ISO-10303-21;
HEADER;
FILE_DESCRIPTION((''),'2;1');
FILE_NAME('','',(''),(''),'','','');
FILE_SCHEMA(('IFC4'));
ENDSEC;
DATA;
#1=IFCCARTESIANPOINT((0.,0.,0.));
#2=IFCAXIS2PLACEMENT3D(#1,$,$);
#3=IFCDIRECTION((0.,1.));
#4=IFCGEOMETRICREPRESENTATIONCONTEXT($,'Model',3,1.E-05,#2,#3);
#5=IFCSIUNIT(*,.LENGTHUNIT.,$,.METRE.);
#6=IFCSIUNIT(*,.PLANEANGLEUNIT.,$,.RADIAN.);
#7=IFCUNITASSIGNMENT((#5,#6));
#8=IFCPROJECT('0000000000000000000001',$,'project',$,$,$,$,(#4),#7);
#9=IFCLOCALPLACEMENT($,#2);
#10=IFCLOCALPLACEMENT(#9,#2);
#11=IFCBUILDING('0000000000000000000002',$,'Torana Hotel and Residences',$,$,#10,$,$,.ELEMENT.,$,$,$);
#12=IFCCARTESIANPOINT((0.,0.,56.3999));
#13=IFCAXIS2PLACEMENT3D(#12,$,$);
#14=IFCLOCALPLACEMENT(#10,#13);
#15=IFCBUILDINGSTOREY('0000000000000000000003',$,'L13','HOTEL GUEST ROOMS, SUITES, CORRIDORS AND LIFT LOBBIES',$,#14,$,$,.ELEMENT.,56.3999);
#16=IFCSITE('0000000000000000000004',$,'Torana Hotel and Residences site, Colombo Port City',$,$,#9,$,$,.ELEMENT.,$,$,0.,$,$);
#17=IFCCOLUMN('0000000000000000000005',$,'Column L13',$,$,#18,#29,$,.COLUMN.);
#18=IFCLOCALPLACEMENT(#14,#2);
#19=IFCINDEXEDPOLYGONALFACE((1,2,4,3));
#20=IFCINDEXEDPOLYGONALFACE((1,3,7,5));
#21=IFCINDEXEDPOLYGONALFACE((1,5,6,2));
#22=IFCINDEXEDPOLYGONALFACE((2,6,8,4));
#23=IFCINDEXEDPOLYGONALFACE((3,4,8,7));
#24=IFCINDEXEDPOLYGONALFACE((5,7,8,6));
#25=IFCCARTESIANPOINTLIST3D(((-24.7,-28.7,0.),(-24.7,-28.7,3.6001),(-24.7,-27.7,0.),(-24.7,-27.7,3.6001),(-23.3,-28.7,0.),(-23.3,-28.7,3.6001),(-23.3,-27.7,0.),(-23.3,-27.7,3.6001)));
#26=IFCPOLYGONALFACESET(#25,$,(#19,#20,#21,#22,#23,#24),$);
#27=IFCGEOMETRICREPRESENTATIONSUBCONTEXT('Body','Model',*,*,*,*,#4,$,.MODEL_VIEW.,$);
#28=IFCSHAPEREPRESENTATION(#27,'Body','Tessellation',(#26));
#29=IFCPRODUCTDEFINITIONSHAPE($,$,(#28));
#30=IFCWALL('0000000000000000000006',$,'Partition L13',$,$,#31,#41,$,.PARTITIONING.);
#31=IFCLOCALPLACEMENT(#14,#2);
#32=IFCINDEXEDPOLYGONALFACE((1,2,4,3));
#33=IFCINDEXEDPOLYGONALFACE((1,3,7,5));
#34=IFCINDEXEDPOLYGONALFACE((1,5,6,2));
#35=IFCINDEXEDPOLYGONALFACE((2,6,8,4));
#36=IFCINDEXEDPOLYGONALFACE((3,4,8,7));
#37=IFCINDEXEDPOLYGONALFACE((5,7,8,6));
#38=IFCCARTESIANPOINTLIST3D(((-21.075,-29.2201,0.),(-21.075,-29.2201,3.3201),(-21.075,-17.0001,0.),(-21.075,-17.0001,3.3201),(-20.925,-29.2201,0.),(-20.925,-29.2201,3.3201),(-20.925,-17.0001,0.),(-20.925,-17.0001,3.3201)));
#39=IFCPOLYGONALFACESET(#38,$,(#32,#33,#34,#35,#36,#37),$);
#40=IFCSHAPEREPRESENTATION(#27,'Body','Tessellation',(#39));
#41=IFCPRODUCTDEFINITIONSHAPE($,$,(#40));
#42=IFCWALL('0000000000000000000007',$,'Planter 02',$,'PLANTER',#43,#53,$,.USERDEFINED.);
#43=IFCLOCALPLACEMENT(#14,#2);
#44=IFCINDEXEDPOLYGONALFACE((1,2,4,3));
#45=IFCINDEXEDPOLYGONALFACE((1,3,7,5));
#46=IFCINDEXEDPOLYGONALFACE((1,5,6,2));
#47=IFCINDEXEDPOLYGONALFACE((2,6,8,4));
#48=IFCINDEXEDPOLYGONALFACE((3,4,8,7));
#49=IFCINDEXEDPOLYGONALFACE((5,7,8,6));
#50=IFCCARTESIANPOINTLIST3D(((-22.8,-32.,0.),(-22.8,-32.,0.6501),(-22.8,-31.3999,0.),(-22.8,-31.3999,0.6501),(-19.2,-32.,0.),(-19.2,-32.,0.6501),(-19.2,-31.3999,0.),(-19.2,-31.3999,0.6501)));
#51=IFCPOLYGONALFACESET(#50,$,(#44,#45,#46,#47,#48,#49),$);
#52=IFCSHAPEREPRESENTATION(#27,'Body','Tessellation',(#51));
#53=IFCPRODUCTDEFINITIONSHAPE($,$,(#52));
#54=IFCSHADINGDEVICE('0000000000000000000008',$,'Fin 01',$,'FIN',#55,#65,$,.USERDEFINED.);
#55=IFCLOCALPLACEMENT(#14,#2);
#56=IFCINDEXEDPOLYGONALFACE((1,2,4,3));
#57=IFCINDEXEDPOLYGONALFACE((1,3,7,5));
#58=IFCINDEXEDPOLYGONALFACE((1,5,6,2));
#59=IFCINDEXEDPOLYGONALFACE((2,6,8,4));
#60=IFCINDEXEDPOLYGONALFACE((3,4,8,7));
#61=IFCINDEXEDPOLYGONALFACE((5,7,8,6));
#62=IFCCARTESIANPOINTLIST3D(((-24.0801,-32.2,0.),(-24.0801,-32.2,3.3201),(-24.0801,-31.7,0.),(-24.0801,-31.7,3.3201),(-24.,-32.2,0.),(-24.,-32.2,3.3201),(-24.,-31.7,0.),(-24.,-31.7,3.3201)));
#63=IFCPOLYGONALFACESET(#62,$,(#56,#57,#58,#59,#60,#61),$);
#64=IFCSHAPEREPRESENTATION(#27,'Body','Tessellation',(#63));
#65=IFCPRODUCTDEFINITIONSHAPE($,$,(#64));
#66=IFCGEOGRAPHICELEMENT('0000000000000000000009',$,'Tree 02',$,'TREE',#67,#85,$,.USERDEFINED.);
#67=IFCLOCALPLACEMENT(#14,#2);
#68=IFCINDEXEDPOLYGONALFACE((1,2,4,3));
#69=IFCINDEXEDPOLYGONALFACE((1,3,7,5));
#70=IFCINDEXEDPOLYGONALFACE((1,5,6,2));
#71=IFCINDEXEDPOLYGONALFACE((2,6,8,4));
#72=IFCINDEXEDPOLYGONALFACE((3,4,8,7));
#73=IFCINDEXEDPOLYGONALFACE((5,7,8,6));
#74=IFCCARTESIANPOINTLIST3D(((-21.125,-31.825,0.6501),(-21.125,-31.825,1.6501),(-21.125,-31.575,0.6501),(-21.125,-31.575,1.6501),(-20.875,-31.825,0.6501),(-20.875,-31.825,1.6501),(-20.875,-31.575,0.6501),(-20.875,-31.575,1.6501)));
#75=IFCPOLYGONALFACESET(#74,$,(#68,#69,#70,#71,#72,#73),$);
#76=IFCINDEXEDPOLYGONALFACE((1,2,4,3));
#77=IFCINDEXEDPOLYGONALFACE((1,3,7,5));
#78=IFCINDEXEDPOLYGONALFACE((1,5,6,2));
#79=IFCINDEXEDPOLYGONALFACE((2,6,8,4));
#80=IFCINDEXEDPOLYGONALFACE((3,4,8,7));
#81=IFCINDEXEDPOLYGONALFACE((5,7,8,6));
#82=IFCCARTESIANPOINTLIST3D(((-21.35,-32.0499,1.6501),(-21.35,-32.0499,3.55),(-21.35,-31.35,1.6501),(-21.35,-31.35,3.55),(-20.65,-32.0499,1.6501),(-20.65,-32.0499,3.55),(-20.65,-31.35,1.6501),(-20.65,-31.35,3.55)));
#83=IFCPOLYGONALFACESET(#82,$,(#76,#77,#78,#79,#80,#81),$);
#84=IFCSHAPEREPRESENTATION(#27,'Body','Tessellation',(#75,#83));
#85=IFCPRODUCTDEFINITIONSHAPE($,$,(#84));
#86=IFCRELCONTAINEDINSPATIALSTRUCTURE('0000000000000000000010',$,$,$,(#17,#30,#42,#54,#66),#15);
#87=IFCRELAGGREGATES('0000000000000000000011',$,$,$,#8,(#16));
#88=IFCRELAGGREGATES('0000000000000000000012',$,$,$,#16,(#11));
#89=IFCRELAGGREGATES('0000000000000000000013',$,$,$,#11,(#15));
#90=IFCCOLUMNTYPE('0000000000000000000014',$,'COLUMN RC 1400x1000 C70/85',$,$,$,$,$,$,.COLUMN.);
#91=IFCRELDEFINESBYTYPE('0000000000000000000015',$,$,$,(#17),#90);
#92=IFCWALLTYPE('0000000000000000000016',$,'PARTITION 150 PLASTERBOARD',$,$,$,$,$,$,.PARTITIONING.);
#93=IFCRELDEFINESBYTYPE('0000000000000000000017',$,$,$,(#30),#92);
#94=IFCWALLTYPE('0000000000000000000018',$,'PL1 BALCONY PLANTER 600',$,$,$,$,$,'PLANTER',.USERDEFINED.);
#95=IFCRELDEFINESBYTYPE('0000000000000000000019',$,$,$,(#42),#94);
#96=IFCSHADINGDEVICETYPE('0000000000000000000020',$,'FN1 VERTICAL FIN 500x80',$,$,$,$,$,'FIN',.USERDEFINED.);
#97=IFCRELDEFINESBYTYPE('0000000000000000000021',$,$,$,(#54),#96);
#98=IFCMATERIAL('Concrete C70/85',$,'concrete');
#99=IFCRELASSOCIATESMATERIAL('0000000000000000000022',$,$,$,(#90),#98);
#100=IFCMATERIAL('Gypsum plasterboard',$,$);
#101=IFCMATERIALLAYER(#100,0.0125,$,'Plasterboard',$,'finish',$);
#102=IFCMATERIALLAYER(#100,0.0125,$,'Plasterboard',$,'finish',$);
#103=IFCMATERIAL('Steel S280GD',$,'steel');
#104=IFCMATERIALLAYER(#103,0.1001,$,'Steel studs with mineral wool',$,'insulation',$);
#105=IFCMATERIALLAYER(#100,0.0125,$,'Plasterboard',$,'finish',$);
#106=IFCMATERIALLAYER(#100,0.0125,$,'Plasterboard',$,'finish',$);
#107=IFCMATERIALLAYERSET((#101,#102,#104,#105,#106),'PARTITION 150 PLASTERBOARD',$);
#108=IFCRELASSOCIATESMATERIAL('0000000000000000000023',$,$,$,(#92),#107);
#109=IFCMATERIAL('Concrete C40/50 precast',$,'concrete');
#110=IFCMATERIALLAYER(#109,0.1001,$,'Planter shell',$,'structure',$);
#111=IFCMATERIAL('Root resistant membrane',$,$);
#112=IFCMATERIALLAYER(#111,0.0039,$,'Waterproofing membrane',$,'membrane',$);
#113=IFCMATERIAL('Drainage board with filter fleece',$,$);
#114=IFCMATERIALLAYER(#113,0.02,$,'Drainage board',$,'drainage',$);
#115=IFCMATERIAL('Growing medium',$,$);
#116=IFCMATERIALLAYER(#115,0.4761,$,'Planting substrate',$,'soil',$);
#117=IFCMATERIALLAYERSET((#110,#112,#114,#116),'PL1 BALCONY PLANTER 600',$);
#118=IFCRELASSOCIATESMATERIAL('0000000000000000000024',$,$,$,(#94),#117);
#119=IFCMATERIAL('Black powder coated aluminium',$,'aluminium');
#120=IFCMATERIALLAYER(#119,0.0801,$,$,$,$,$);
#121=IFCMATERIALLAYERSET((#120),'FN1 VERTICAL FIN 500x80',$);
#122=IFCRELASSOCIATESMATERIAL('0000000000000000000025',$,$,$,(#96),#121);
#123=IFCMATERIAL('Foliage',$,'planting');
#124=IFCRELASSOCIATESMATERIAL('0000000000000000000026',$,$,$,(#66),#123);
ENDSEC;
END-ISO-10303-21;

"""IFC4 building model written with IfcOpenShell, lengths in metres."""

from ifc_helpers import new_model, si_unit, direction, frame, frame_2d, origin, origin_2d, place, context, subcontext, project, spatial, rectangle, extrude, material, layer, layer_set, material_profile, profile_set, type_object, element, save


model = new_model("IFC4")

# Units and contexts
model_context = context("Model", 3, precision=1e-05, world=origin(), true_north=direction((0.0, 1.0)))
body_context = subcontext(model_context, "Body", "Model", "MODEL_VIEW")
ifc_project = project(units=[si_unit("LENGTHUNIT", "METRE"), si_unit("PLANEANGLEUNIT", "RADIAN")], contexts=[model_context])

# Site, building, storey
site_placement = place(None, origin())
site = spatial("IfcSite", under=ifc_project, at=site_placement, Name="Torana Hotel and Residences site, Colombo Port City", CompositionType="ELEMENT", RefElevation=0.0)
building_placement = place(site_placement, origin())
building = spatial("IfcBuilding", under=site, at=building_placement, Name="Torana Hotel and Residences", CompositionType="ELEMENT")
storey_placement = place(building_placement, frame((0.0, 0.0, 56.3999)))
storey = spatial("IfcBuildingStorey", under=building, at=storey_placement, Name="L13", Description="HOTEL GUEST ROOMS, SUITES, CORRIDORS AND LIFT LOBBIES", CompositionType="ELEMENT", Elevation=56.3999)

# Column
ifc_material_1 = material(Name="Concrete C70/85", Category="concrete")
ifc_material_profile = material_profile(ifc_material_1, rectangle(XDim=1.3999, YDim=1.0, at=origin_2d()), Name="RC 1400x1000")
ifc_profile_set = profile_set([ifc_material_profile], Name="Concrete C70/85")
column_type = type_object("IfcColumnType", Name="COLUMN RC 1400x1000 C70/85", PredefinedType="COLUMN", material=ifc_profile_set)
column_placement = place(storey_placement, frame((-24.0, -28.2, 0.0), z_axis=(0.0, 0.0, 1.0), x_axis=(1.0, 0.0, 0.0)))
element("IfcColumn", 1, at=column_placement, inside=storey, type_object=column_type, Name="Column L13", PredefinedType="COLUMN", context=body_context, shape_type="SweptSolid", body=[
    extrude(rectangle(XDim=1.3999, YDim=1.0, at=origin_2d()), origin(), (0.0, 0.0, 1.0), 3.6001),
])

# Walls
ifc_material_2 = material(Name="Gypsum plasterboard")
ifc_layer_1 = layer(ifc_material_2, 0.0125, Name="Plasterboard", Category="finish")
ifc_layer_2 = layer(ifc_material_2, 0.0125, Name="Plasterboard", Category="finish")
ifc_material_3 = material(Name="Steel S280GD", Category="steel")
ifc_layer_3 = layer(ifc_material_3, 0.1001, Name="Steel studs with mineral wool", Category="insulation")
ifc_layer_4 = layer(ifc_material_2, 0.0125, Name="Plasterboard", Category="finish")
ifc_layer_5 = layer(ifc_material_2, 0.0125, Name="Plasterboard", Category="finish")
ifc_layer_set_1 = layer_set([ifc_layer_1, ifc_layer_2, ifc_layer_3, ifc_layer_4, ifc_layer_5], Name="PARTITION 150 PLASTERBOARD")
wall_type_1 = type_object("IfcWallType", Name="PARTITION 150 PLASTERBOARD", PredefinedType="PARTITIONING", material=ifc_layer_set_1)
wall_1_placement = place(storey_placement, frame((-21.0, -29.22, 0.0), z_axis=(0.0, 0.0, 1.0), x_axis=(0.0, 1.0, 0.0)))
element("IfcWall", 2, at=wall_1_placement, inside=storey, type_object=wall_type_1, Name="Partition L13", PredefinedType="PARTITIONING", context=body_context, shape_type="SweptSolid", body=[
    extrude(rectangle(XDim=12.22, YDim=0.1499, at=frame_2d((6.1099, 0.0))), origin(), (0.0, 0.0, 1.0), 3.3201),
])
ifc_material_4 = material(Name="Concrete C40/50 precast", Category="concrete")
ifc_layer_6 = layer(ifc_material_4, 0.1001, Name="Planter shell", Category="structure")
ifc_material_5 = material(Name="Root resistant membrane")
ifc_layer_7 = layer(ifc_material_5, 0.0039, Name="Waterproofing membrane", Category="membrane")
ifc_material_6 = material(Name="Drainage board with filter fleece")
ifc_layer_8 = layer(ifc_material_6, 0.02, Name="Drainage board", Category="drainage")
ifc_material_7 = material(Name="Growing medium")
ifc_layer_9 = layer(ifc_material_7, 0.4761, Name="Planting substrate", Category="soil")
ifc_layer_set_2 = layer_set([ifc_layer_6, ifc_layer_7, ifc_layer_8, ifc_layer_9], Name="PL1 BALCONY PLANTER 600")
wall_type_2 = type_object("IfcWallType", Name="PL1 BALCONY PLANTER 600", ElementType="PLANTER", PredefinedType="USERDEFINED", material=ifc_layer_set_2)
wall_2_placement = place(storey_placement, frame((-19.2, -31.7, 0.0), z_axis=(0.0, 0.0, 1.0), x_axis=(-1.0, 0.0, 0.0)))
element("IfcWall", 3, at=wall_2_placement, inside=storey, type_object=wall_type_2, Name="Planter 02", ObjectType="PLANTER", PredefinedType="USERDEFINED", context=body_context, shape_type="SweptSolid", body=[
    extrude(rectangle(XDim=3.6001, YDim=0.6001, at=frame_2d((1.8, 0.0))), origin(), (0.0, 0.0, 1.0), 0.6501),
])

# Shading device
ifc_material_8 = material(Name="Black powder coated aluminium", Category="aluminium")
ifc_layer_10 = layer(ifc_material_8, 0.0801)
ifc_layer_set_3 = layer_set([ifc_layer_10], Name="FN1 VERTICAL FIN 500x80")
shading_device_type = type_object("IfcShadingDeviceType", Name="FN1 VERTICAL FIN 500x80", ElementType="FIN", PredefinedType="USERDEFINED", material=ifc_layer_set_3)
shading_device_placement = place(storey_placement, frame((-24.04, -31.95, 0.0), z_axis=(0.0, 0.0, 1.0), x_axis=(-1.0, 0.0, 0.0)))
element("IfcShadingDevice", 4, at=shading_device_placement, inside=storey, type_object=shading_device_type, Name="Fin 01", ObjectType="FIN", PredefinedType="USERDEFINED", context=body_context, shape_type="SweptSolid", body=[
    extrude(rectangle(XDim=0.0801, YDim=0.5, at=origin_2d()), origin(), (0.0, 0.0, 1.0), 3.3201),
])

# Geographic element
ifc_material_9 = material(Name="Foliage", Category="planting")
geographic_element_placement = place(storey_placement, frame((-21.0, -31.7, 0.6501), z_axis=(0.0, 0.0, 1.0), x_axis=(1.0, 0.0, 0.0)))
element("IfcGeographicElement", 5, at=geographic_element_placement, inside=storey, material=ifc_material_9, Name="Tree 02", ObjectType="TREE", PredefinedType="USERDEFINED", context=body_context, shape_type="SweptSolid", body=[
    extrude(rectangle(XDim=0.25, YDim=0.25, at=origin_2d()), origin(), (0.0, 0.0, 1.0), 1.0),
    extrude(rectangle(XDim=0.7, YDim=0.7, at=origin_2d()), frame((0.0, 0.0, 1.0)), (0.0, 0.0, 1.0), 1.8999),
])

save(model, "model.ifc")
